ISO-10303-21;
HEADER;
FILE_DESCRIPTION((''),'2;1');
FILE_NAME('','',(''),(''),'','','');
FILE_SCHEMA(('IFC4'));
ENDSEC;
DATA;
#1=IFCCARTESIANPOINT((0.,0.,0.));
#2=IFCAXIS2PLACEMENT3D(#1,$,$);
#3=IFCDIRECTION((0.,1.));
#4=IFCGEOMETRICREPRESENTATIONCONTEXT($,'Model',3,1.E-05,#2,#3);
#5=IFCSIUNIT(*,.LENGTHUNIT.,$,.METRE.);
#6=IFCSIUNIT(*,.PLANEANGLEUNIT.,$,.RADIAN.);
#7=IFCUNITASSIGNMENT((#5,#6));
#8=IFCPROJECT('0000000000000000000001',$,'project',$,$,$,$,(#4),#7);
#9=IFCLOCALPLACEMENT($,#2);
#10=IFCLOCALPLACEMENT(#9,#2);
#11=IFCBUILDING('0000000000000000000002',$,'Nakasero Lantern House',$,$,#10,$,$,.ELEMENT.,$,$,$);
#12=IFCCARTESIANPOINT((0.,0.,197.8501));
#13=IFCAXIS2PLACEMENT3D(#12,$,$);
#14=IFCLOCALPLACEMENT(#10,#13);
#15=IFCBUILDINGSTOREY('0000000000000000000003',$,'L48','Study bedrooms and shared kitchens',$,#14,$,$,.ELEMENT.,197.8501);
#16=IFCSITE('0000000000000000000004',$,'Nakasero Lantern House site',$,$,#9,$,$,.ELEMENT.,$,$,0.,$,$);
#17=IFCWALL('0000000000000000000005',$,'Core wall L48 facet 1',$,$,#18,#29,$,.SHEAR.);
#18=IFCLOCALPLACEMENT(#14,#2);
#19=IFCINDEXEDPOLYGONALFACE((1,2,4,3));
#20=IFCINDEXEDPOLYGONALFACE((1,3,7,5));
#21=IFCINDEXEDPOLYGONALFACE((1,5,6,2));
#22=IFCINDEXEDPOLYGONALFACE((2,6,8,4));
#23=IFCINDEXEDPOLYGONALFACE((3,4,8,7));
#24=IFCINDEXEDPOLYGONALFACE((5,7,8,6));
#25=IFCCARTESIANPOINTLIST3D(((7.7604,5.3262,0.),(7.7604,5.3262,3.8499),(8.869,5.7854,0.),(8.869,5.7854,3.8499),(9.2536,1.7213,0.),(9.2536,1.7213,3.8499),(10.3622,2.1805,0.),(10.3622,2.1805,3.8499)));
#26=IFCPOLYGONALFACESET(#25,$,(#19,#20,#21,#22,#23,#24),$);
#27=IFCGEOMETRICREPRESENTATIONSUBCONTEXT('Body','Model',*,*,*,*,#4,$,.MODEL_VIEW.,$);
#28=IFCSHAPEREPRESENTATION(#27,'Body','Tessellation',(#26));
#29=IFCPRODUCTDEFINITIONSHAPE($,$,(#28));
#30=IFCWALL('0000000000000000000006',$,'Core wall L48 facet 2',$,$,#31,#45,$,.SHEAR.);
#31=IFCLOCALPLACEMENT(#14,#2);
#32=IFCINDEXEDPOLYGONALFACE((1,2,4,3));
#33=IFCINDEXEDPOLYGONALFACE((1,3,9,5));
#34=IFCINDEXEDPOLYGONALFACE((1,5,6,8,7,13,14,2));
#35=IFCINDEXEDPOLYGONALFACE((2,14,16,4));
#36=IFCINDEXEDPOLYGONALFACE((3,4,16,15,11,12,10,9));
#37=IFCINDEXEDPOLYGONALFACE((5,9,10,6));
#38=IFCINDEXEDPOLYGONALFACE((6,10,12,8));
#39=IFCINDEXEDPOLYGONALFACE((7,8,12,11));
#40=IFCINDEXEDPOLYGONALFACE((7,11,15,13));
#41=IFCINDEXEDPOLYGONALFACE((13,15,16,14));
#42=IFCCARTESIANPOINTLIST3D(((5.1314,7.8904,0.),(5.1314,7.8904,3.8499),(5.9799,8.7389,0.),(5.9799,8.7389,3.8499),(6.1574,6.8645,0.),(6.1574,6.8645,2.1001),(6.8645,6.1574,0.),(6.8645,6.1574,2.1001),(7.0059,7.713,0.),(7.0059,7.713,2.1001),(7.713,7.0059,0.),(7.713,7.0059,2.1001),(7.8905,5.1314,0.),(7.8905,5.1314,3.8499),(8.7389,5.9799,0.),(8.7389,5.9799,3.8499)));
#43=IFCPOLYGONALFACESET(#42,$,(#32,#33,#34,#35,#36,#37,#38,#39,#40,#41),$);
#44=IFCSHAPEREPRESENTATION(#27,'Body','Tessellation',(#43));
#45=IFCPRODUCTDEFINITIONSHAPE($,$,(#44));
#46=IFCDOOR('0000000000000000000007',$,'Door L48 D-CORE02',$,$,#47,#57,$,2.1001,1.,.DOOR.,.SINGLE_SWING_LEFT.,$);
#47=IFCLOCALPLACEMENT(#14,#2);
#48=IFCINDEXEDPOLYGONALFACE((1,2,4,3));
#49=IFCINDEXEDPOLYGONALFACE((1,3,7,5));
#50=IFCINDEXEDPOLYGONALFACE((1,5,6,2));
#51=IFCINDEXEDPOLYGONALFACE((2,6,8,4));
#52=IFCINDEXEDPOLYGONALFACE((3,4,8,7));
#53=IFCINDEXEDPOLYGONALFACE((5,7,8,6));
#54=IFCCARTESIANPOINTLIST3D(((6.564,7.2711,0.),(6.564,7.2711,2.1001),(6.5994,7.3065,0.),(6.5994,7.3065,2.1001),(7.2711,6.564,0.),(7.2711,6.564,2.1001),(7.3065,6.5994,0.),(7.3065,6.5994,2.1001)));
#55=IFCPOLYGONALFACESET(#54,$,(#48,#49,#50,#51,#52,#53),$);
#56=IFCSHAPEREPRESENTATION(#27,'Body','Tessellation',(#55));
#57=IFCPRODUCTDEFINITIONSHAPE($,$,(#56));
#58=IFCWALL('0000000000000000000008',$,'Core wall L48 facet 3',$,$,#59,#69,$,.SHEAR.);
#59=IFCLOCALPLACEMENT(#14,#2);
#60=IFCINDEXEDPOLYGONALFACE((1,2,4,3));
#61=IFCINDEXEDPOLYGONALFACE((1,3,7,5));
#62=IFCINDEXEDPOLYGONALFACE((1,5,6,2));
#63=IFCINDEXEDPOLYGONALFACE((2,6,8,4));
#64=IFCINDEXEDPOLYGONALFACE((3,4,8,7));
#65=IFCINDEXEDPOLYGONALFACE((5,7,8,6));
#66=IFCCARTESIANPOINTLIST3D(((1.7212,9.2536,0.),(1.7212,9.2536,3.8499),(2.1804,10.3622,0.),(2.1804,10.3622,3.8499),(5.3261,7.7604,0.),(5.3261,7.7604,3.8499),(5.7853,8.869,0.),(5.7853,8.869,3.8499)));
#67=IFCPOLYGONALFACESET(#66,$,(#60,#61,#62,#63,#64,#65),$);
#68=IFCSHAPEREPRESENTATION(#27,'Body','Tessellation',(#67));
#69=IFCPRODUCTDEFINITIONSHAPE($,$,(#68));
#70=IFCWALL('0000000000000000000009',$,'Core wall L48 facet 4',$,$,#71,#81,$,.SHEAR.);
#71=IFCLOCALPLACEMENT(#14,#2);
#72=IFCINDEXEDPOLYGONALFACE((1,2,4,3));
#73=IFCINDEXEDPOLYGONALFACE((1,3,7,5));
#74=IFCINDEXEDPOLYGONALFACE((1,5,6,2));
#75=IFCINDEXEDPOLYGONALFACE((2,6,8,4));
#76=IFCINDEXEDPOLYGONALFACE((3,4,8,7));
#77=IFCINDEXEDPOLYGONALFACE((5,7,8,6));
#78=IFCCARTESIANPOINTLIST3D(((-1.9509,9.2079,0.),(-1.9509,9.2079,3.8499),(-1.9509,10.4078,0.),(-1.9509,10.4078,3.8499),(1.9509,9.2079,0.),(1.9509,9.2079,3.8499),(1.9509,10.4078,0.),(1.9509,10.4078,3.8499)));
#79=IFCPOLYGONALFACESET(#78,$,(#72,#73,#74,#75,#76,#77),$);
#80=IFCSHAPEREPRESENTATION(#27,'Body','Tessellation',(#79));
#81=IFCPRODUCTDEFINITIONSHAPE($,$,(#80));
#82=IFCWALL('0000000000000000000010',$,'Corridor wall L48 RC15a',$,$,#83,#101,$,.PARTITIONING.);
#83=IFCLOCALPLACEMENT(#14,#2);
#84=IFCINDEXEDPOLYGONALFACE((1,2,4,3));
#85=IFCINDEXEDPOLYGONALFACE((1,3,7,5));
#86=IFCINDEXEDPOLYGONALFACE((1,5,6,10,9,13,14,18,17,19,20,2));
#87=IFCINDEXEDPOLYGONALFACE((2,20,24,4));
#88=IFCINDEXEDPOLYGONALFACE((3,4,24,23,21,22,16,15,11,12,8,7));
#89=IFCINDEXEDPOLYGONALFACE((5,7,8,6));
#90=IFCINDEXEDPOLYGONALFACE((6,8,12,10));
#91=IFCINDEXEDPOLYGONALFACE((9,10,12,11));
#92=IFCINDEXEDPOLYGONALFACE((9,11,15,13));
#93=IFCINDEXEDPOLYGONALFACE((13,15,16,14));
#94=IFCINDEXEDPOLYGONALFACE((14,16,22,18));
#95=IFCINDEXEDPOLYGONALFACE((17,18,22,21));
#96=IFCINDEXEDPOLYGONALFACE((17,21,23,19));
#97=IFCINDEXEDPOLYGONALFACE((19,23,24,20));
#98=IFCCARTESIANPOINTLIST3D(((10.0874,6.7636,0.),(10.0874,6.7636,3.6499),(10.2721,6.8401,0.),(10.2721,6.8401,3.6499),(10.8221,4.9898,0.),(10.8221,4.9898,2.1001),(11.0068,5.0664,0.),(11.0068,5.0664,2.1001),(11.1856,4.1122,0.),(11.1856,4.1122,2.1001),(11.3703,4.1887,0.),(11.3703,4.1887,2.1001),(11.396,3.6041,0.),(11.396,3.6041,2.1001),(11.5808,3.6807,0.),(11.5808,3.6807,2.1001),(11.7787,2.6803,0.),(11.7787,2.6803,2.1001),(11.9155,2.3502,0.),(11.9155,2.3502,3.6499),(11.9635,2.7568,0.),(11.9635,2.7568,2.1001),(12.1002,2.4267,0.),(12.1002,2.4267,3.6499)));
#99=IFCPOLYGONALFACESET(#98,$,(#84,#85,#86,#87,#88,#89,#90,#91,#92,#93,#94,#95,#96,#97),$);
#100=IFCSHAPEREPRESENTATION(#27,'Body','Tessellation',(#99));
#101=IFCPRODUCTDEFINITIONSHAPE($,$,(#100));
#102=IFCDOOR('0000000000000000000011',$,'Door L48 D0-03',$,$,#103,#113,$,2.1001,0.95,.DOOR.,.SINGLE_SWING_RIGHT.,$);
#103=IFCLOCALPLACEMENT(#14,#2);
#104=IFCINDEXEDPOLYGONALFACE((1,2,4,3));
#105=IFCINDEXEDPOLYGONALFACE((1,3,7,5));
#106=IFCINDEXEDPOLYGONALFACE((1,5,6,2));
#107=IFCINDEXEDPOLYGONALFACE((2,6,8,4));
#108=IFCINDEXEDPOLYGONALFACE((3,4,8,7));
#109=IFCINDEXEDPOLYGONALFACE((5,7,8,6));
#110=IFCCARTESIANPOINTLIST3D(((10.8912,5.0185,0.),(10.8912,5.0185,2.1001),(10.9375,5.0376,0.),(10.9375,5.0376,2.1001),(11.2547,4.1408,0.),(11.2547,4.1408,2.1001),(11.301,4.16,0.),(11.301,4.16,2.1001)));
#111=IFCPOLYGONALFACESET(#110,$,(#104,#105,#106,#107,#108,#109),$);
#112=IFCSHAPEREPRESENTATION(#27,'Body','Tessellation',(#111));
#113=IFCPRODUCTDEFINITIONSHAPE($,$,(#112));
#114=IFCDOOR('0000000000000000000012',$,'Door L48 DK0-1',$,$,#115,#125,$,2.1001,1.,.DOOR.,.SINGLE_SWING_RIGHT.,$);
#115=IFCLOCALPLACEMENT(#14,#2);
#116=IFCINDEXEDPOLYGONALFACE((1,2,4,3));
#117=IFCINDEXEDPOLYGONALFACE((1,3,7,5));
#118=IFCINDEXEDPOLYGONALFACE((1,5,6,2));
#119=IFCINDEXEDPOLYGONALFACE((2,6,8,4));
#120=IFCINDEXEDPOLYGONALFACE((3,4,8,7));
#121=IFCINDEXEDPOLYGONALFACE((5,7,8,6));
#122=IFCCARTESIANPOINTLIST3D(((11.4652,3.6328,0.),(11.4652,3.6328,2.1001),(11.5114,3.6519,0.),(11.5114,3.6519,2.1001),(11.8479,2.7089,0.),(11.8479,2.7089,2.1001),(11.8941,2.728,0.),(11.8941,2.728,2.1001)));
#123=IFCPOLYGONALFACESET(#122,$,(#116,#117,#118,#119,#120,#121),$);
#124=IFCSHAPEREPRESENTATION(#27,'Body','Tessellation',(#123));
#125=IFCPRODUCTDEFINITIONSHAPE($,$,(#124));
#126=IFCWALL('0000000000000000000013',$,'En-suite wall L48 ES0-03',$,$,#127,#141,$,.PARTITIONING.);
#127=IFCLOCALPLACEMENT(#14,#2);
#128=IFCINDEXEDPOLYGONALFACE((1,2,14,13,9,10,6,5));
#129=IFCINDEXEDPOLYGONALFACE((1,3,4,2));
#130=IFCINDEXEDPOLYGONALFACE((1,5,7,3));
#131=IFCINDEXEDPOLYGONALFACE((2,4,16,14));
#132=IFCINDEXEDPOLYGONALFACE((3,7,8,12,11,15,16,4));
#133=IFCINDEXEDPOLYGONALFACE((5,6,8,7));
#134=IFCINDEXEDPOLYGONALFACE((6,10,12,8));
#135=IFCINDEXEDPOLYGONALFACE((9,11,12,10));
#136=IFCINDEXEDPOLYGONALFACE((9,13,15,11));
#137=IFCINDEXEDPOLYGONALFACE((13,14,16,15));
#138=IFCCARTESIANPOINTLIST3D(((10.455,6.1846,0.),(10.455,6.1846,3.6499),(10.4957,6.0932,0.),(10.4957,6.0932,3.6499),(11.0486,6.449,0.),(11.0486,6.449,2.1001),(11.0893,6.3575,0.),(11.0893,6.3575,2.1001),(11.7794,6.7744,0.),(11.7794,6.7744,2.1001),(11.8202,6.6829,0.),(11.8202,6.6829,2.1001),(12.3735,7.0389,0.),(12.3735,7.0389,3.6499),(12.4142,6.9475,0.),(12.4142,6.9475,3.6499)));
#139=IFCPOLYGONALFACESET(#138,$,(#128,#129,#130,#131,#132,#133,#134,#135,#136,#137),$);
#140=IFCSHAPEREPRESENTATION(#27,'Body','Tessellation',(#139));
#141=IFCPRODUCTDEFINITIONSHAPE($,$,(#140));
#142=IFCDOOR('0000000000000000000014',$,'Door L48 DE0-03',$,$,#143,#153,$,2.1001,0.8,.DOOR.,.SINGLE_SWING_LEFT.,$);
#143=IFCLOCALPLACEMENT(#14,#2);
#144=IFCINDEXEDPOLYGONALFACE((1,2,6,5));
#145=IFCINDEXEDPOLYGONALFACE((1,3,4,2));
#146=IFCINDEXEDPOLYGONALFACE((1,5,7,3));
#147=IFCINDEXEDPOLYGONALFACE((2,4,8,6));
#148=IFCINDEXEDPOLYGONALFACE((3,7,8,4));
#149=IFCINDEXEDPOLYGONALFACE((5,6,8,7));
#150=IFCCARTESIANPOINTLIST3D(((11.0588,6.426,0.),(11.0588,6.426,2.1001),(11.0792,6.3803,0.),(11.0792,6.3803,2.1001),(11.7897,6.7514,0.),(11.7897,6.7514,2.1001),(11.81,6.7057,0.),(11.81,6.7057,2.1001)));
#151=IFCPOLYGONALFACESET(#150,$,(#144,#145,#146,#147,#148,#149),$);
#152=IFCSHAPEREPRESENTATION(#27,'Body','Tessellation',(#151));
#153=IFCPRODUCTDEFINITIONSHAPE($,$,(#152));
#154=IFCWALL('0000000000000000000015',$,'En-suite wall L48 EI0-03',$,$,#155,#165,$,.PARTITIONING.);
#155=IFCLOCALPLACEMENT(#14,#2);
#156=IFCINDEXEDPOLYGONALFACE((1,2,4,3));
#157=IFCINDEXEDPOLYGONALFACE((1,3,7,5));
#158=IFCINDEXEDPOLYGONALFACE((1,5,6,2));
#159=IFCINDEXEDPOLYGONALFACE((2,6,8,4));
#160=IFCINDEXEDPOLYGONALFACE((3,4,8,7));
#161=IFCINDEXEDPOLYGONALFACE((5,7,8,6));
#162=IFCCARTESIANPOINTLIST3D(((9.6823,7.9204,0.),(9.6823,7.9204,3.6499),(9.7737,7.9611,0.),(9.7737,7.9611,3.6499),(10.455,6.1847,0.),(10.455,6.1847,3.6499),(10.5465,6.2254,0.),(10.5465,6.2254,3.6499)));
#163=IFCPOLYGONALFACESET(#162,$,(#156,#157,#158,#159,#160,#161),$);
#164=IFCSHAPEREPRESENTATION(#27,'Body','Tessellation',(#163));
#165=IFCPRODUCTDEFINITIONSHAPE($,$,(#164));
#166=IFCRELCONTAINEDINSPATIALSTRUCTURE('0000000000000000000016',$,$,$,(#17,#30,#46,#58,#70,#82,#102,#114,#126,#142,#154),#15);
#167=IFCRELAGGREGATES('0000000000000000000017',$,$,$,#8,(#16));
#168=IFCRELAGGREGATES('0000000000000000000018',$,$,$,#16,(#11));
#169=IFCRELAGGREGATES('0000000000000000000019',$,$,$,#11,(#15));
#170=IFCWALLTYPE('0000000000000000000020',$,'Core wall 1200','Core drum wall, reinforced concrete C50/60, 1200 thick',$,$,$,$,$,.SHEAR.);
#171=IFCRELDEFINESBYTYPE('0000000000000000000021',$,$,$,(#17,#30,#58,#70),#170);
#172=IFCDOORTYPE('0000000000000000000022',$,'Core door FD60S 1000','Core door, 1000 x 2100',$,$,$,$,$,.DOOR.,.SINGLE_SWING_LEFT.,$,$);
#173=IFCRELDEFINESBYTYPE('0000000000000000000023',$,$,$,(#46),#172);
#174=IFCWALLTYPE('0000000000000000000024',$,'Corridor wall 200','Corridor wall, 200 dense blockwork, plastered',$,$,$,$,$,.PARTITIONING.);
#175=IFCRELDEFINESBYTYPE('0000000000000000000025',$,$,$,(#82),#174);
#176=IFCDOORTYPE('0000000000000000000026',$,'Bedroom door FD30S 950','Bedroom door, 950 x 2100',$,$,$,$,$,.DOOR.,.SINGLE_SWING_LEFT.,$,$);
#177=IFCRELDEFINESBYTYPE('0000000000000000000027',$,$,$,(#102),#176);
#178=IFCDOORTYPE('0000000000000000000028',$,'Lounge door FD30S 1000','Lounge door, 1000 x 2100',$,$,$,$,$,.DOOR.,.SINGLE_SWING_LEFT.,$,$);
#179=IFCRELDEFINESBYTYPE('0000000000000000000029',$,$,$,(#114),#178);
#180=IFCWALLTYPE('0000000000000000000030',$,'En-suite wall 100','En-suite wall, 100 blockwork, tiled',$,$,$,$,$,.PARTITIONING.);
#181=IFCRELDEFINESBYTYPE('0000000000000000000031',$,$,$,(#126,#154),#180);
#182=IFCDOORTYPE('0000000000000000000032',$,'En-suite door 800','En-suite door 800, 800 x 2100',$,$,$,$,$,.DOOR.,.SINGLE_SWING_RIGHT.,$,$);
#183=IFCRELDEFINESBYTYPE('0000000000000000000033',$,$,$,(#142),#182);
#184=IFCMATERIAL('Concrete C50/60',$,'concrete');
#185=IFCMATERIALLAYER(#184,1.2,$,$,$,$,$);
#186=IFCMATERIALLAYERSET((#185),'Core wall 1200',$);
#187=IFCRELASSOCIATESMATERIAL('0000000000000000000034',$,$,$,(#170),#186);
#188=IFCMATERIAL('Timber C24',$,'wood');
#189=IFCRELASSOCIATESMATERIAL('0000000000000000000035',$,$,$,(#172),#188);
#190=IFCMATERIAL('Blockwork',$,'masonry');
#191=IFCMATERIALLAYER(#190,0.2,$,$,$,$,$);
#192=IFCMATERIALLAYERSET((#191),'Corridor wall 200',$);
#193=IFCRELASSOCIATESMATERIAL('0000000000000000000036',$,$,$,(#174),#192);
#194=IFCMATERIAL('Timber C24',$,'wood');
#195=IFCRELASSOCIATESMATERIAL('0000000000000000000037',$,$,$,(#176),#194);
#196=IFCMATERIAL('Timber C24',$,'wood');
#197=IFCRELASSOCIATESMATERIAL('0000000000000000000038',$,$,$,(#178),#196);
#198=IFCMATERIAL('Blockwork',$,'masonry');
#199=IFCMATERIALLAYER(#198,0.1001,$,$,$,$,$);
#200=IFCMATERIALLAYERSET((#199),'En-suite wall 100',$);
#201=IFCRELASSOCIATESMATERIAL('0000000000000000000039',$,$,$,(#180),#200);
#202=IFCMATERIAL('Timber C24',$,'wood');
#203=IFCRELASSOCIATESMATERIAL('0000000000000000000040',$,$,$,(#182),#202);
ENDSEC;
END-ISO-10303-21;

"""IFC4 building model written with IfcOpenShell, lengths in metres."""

from ifc_helpers import new_model, si_unit, direction, frame, frame_2d, origin, place, context, subcontext, project, spatial, rectangle, extrude, material, layer, layer_set, type_object, element, fill, save


model = new_model("IFC4")

# Units and contexts
model_context = context("Model", 3, precision=1e-05, world=origin(), true_north=direction((0.0, 1.0)))
body_context = subcontext(model_context, "Body", "Model", "MODEL_VIEW")
ifc_project = project(units=[si_unit("LENGTHUNIT", "METRE"), si_unit("PLANEANGLEUNIT", "RADIAN")], contexts=[model_context])

# Site, building, storey
site_placement = place(None, origin())
site = spatial("IfcSite", under=ifc_project, at=site_placement, Name="Nakasero Lantern House site", CompositionType="ELEMENT", RefElevation=0.0)
building_placement = place(site_placement, origin())
building = spatial("IfcBuilding", under=site, at=building_placement, Name="Nakasero Lantern House", CompositionType="ELEMENT")
storey_placement = place(building_placement, frame((0.0, 0.0, 197.8501)))
storey = spatial("IfcBuildingStorey", under=building, at=storey_placement, Name="L48", Description="Study bedrooms and shared kitchens", CompositionType="ELEMENT", Elevation=197.8501)

# Wall
ifc_material_1 = material(Name="Concrete C50/60", Category="concrete")
ifc_layer_1 = layer(ifc_material_1, 1.2)
ifc_layer_set_1 = layer_set([ifc_layer_1], Name="Core wall 1200")
wall_type_1 = type_object("IfcWallType", Name="Core wall 1200", Description="Core drum wall, reinforced concrete C50/60, 1200 thick", PredefinedType="SHEAR", material=ifc_layer_set_1)
wall_1_placement = place(storey_placement, frame((9.8079, 1.9509, 0.0), z_axis=(0.0, 0.0, 1.0), x_axis=(-0.382691, 0.923877, 0.0)))
element("IfcWall", 1, at=wall_1_placement, inside=storey, type_object=wall_type_1, Name="Core wall L48 facet 1", PredefinedType="SHEAR", context=body_context, shape_type="SweptSolid", body=[
    extrude(rectangle(XDim=3.9019, YDim=1.2, at=frame_2d((1.9509, 0.0))), origin(), (0.0, 0.0, 1.0), 3.8499),
])

# Wall, opening, door
wall_2_placement = place(storey_placement, frame((8.3147, 5.5557, 0.0), z_axis=(0.0, 0.0, 1.0), x_axis=(-0.707107, 0.707107, 0.0)))
wall_2 = element("IfcWall", 2, at=wall_2_placement, inside=storey, type_object=wall_type_1, Name="Core wall L48 facet 2", PredefinedType="SHEAR", context=body_context, shape_type="SweptSolid", body=[
    extrude(rectangle(XDim=3.9019, YDim=1.2, at=frame_2d((1.9509, 0.0))), origin(), (0.0, 0.0, 1.0), 3.8499),
])
opening_1_placement = place(wall_2_placement, frame((1.4509, 0.0, 0.0)))
opening_1 = element("IfcOpeningElement", 3, at=opening_1_placement, cuts=wall_2, PredefinedType="OPENING", context=body_context, shape_type="SweptSolid", body=[
    extrude(rectangle(XDim=1.0, YDim=2.1001, at=frame_2d((0.5, 1.05))), frame((0.0, 0.6199, 0.0), z_axis=(0.0, -1.0, 0.0), x_axis=(1.0, 0.0, 0.0)), (0.0, 0.0, 1.0), 1.24),
])
ifc_material_2 = material(Name="Timber C24", Category="wood")
door_type_1 = type_object("IfcDoorType", Name="Core door FD60S 1000", Description="Core door, 1000 x 2100", OperationType="SINGLE_SWING_LEFT", PredefinedType="DOOR", material=ifc_material_2)
door_1_placement = place(opening_1_placement, origin())
door_1 = element("IfcDoor", 4, at=door_1_placement, inside=storey, type_object=door_type_1, Name="Door L48 D-CORE02", OperationType="SINGLE_SWING_LEFT", OverallHeight=2.1001, OverallWidth=1.0, PredefinedType="DOOR", context=body_context, shape_type="SweptSolid", body=[
    extrude(rectangle(XDim=1.0, YDim=2.1001, at=frame_2d((0.5, 1.05))), frame((0.0, 0.0249, 0.0), z_axis=(0.0, -1.0, 0.0), x_axis=(1.0, 0.0, 0.0)), (0.0, 0.0, 1.0), 0.05),
])
fill(opening_1, door_1)

# Walls
for number, where, z_axis, x_axis, name in (
    (5, (5.5557, 8.3147, 0.0), (0.0, 0.0, 1.0), (-0.923877, 0.382691, 0.0), "Core wall L48 facet 3"),
    (6, (1.9509, 9.8079, 0.0), (0.0, 0.0, 1.0), (-1.0, 0.0, 0.0), "Core wall L48 facet 4"),
):
    element("IfcWall", number, at=place(storey_placement, frame(where, z_axis=z_axis, x_axis=x_axis)), inside=storey, type_object=wall_type_1, Name=name, PredefinedType="SHEAR", context=body_context, shape_type="SweptSolid", body=[
        extrude(rectangle(XDim=3.9019, YDim=1.2, at=frame_2d((1.9509, 0.0))), origin(), (0.0, 0.0, 1.0), 3.8499),
    ])

# Wall, openings, doors
ifc_material_3 = material(Name="Blockwork", Category="masonry")
ifc_layer_2 = layer(ifc_material_3, 0.2)
ifc_layer_set_2 = layer_set([ifc_layer_2], Name="Corridor wall 200")
wall_type_2 = type_object("IfcWallType", Name="Corridor wall 200", Description="Corridor wall, 200 dense blockwork, plastered", PredefinedType="PARTITIONING", material=ifc_layer_set_2)
wall_3_placement = place(storey_placement, frame((10.1797, 6.802, 0.0), z_axis=(0.0, 0.0, 1.0), x_axis=(0.382677, -0.923882, 0.0)))
wall_3 = element("IfcWall", 7, at=wall_3_placement, inside=storey, type_object=wall_type_2, Name="Corridor wall L48 RC15a", PredefinedType="PARTITIONING", context=body_context, shape_type="SweptSolid", body=[
    extrude(rectangle(XDim=4.7771, YDim=0.2, at=frame_2d((2.3887, 0.0))), origin(), (0.0, 0.0, 1.0), 3.6499),
])
opening_2_placement = place(wall_3_placement, frame((1.9199, 0.0, 0.0)))
opening_2 = element("IfcOpeningElement", 8, at=opening_2_placement, cuts=wall_3, PredefinedType="OPENING", context=body_context, shape_type="SweptSolid", body=[
    extrude(rectangle(XDim=0.95, YDim=2.1001, at=frame_2d((0.4751, 1.05))), frame((0.0, 0.1199, 0.0), z_axis=(0.0, -1.0, 0.0), x_axis=(1.0, 0.0, 0.0)), (0.0, 0.0, 1.0), 0.24),
])
opening_3_placement = place(wall_3_placement, frame((3.4199, 0.0, 0.0)))
opening_3 = element("IfcOpeningElement", 9, at=opening_3_placement, cuts=wall_3, PredefinedType="OPENING", context=body_context, shape_type="SweptSolid", body=[
    extrude(rectangle(XDim=1.0, YDim=2.1001, at=frame_2d((0.5, 1.05))), frame((0.0, 0.1199, 0.0), z_axis=(0.0, -1.0, 0.0), x_axis=(1.0, 0.0, 0.0)), (0.0, 0.0, 1.0), 0.24),
])
ifc_material_4 = material(Name="Timber C24", Category="wood")
door_type_2 = type_object("IfcDoorType", Name="Bedroom door FD30S 950", Description="Bedroom door, 950 x 2100", OperationType="SINGLE_SWING_LEFT", PredefinedType="DOOR", material=ifc_material_4)
door_2_placement = place(opening_2_placement, origin())
door_2 = element("IfcDoor", 10, at=door_2_placement, inside=storey, type_object=door_type_2, Name="Door L48 D0-03", OperationType="SINGLE_SWING_RIGHT", OverallHeight=2.1001, OverallWidth=0.95, PredefinedType="DOOR", context=body_context, shape_type="SweptSolid", body=[
    extrude(rectangle(XDim=0.95, YDim=2.1001, at=frame_2d((0.4751, 1.05))), frame((0.0, 0.0249, 0.0), z_axis=(0.0, -1.0, 0.0), x_axis=(1.0, 0.0, 0.0)), (0.0, 0.0, 1.0), 0.05),
])
fill(opening_2, door_2)
ifc_material_5 = material(Name="Timber C24", Category="wood")
door_type_3 = type_object("IfcDoorType", Name="Lounge door FD30S 1000", Description="Lounge door, 1000 x 2100", OperationType="SINGLE_SWING_LEFT", PredefinedType="DOOR", material=ifc_material_5)
door_3_placement = place(opening_3_placement, origin())
door_3 = element("IfcDoor", 11, at=door_3_placement, inside=storey, type_object=door_type_3, Name="Door L48 DK0-1", OperationType="SINGLE_SWING_RIGHT", OverallHeight=2.1001, OverallWidth=1.0, PredefinedType="DOOR", context=body_context, shape_type="SweptSolid", body=[
    extrude(rectangle(XDim=1.0, YDim=2.1001, at=frame_2d((0.5, 1.05))), frame((0.0, 0.0249, 0.0), z_axis=(0.0, -1.0, 0.0), x_axis=(1.0, 0.0, 0.0)), (0.0, 0.0, 1.0), 0.05),
])
fill(opening_3, door_3)

# Wall, opening, door
ifc_material_6 = material(Name="Blockwork", Category="masonry")
ifc_layer_3 = layer(ifc_material_6, 0.1001)
ifc_layer_set_3 = layer_set([ifc_layer_3], Name="En-suite wall 100")
wall_type_3 = type_object("IfcWallType", Name="En-suite wall 100", Description="En-suite wall, 100 blockwork, tiled", PredefinedType="PARTITIONING", material=ifc_layer_set_3)
wall_4_placement = place(storey_placement, frame((10.4753, 6.1389, 0.0), z_axis=(0.0, 0.0, 1.0), x_axis=(0.913528, 0.406775, 0.0)))
wall_4 = element("IfcWall", 12, at=wall_4_placement, inside=storey, type_object=wall_type_3, Name="En-suite wall L48 ES0-03", PredefinedType="PARTITIONING", context=body_context, shape_type="SweptSolid", body=[
    extrude(rectangle(XDim=2.1001, YDim=0.1001, at=frame_2d((1.05, 0.0))), origin(), (0.0, 0.0, 1.0), 3.6499),
])
opening_4_placement = place(wall_4_placement, frame((0.6499, 0.0, 0.0)))
opening_4 = element("IfcOpeningElement", 13, at=opening_4_placement, cuts=wall_4, PredefinedType="OPENING", context=body_context, shape_type="SweptSolid", body=[
    extrude(rectangle(XDim=0.8, YDim=2.1001, at=frame_2d((0.3999, 1.05))), frame((0.0, 0.0701, 0.0), z_axis=(0.0, -1.0, 0.0), x_axis=(1.0, 0.0, 0.0)), (0.0, 0.0, 1.0), 0.1401),
])
ifc_material_7 = material(Name="Timber C24", Category="wood")
door_type_4 = type_object("IfcDoorType", Name="En-suite door 800", Description="En-suite door 800, 800 x 2100", OperationType="SINGLE_SWING_RIGHT", PredefinedType="DOOR", material=ifc_material_7)
door_4_placement = place(opening_4_placement, origin())
door_4 = element("IfcDoor", 14, at=door_4_placement, inside=storey, type_object=door_type_4, Name="Door L48 DE0-03", OperationType="SINGLE_SWING_LEFT", OverallHeight=2.1001, OverallWidth=0.8, PredefinedType="DOOR", context=body_context, shape_type="SweptSolid", body=[
    extrude(rectangle(XDim=0.8, YDim=2.1001, at=frame_2d((0.3999, 1.05))), frame((0.0, 0.0249, 0.0), z_axis=(0.0, -1.0, 0.0), x_axis=(1.0, 0.0, 0.0)), (0.0, 0.0, 1.0), 0.05),
])
fill(opening_4, door_4)

# Wall
wall_5_placement = place(storey_placement, frame((10.5007, 6.2051, 0.0), z_axis=(0.0, 0.0, 1.0), x_axis=(-0.406723, 0.913552, 0.0)))
element("IfcWall", 15, at=wall_5_placement, inside=storey, type_object=wall_type_3, Name="En-suite wall L48 EI0-03", PredefinedType="PARTITIONING", context=body_context, shape_type="SweptSolid", body=[
    extrude(rectangle(XDim=1.8999, YDim=0.1001, at=frame_2d((0.95, 0.0))), origin(), (0.0, 0.0, 1.0), 3.6499),
])

save(model, "model.ifc")
